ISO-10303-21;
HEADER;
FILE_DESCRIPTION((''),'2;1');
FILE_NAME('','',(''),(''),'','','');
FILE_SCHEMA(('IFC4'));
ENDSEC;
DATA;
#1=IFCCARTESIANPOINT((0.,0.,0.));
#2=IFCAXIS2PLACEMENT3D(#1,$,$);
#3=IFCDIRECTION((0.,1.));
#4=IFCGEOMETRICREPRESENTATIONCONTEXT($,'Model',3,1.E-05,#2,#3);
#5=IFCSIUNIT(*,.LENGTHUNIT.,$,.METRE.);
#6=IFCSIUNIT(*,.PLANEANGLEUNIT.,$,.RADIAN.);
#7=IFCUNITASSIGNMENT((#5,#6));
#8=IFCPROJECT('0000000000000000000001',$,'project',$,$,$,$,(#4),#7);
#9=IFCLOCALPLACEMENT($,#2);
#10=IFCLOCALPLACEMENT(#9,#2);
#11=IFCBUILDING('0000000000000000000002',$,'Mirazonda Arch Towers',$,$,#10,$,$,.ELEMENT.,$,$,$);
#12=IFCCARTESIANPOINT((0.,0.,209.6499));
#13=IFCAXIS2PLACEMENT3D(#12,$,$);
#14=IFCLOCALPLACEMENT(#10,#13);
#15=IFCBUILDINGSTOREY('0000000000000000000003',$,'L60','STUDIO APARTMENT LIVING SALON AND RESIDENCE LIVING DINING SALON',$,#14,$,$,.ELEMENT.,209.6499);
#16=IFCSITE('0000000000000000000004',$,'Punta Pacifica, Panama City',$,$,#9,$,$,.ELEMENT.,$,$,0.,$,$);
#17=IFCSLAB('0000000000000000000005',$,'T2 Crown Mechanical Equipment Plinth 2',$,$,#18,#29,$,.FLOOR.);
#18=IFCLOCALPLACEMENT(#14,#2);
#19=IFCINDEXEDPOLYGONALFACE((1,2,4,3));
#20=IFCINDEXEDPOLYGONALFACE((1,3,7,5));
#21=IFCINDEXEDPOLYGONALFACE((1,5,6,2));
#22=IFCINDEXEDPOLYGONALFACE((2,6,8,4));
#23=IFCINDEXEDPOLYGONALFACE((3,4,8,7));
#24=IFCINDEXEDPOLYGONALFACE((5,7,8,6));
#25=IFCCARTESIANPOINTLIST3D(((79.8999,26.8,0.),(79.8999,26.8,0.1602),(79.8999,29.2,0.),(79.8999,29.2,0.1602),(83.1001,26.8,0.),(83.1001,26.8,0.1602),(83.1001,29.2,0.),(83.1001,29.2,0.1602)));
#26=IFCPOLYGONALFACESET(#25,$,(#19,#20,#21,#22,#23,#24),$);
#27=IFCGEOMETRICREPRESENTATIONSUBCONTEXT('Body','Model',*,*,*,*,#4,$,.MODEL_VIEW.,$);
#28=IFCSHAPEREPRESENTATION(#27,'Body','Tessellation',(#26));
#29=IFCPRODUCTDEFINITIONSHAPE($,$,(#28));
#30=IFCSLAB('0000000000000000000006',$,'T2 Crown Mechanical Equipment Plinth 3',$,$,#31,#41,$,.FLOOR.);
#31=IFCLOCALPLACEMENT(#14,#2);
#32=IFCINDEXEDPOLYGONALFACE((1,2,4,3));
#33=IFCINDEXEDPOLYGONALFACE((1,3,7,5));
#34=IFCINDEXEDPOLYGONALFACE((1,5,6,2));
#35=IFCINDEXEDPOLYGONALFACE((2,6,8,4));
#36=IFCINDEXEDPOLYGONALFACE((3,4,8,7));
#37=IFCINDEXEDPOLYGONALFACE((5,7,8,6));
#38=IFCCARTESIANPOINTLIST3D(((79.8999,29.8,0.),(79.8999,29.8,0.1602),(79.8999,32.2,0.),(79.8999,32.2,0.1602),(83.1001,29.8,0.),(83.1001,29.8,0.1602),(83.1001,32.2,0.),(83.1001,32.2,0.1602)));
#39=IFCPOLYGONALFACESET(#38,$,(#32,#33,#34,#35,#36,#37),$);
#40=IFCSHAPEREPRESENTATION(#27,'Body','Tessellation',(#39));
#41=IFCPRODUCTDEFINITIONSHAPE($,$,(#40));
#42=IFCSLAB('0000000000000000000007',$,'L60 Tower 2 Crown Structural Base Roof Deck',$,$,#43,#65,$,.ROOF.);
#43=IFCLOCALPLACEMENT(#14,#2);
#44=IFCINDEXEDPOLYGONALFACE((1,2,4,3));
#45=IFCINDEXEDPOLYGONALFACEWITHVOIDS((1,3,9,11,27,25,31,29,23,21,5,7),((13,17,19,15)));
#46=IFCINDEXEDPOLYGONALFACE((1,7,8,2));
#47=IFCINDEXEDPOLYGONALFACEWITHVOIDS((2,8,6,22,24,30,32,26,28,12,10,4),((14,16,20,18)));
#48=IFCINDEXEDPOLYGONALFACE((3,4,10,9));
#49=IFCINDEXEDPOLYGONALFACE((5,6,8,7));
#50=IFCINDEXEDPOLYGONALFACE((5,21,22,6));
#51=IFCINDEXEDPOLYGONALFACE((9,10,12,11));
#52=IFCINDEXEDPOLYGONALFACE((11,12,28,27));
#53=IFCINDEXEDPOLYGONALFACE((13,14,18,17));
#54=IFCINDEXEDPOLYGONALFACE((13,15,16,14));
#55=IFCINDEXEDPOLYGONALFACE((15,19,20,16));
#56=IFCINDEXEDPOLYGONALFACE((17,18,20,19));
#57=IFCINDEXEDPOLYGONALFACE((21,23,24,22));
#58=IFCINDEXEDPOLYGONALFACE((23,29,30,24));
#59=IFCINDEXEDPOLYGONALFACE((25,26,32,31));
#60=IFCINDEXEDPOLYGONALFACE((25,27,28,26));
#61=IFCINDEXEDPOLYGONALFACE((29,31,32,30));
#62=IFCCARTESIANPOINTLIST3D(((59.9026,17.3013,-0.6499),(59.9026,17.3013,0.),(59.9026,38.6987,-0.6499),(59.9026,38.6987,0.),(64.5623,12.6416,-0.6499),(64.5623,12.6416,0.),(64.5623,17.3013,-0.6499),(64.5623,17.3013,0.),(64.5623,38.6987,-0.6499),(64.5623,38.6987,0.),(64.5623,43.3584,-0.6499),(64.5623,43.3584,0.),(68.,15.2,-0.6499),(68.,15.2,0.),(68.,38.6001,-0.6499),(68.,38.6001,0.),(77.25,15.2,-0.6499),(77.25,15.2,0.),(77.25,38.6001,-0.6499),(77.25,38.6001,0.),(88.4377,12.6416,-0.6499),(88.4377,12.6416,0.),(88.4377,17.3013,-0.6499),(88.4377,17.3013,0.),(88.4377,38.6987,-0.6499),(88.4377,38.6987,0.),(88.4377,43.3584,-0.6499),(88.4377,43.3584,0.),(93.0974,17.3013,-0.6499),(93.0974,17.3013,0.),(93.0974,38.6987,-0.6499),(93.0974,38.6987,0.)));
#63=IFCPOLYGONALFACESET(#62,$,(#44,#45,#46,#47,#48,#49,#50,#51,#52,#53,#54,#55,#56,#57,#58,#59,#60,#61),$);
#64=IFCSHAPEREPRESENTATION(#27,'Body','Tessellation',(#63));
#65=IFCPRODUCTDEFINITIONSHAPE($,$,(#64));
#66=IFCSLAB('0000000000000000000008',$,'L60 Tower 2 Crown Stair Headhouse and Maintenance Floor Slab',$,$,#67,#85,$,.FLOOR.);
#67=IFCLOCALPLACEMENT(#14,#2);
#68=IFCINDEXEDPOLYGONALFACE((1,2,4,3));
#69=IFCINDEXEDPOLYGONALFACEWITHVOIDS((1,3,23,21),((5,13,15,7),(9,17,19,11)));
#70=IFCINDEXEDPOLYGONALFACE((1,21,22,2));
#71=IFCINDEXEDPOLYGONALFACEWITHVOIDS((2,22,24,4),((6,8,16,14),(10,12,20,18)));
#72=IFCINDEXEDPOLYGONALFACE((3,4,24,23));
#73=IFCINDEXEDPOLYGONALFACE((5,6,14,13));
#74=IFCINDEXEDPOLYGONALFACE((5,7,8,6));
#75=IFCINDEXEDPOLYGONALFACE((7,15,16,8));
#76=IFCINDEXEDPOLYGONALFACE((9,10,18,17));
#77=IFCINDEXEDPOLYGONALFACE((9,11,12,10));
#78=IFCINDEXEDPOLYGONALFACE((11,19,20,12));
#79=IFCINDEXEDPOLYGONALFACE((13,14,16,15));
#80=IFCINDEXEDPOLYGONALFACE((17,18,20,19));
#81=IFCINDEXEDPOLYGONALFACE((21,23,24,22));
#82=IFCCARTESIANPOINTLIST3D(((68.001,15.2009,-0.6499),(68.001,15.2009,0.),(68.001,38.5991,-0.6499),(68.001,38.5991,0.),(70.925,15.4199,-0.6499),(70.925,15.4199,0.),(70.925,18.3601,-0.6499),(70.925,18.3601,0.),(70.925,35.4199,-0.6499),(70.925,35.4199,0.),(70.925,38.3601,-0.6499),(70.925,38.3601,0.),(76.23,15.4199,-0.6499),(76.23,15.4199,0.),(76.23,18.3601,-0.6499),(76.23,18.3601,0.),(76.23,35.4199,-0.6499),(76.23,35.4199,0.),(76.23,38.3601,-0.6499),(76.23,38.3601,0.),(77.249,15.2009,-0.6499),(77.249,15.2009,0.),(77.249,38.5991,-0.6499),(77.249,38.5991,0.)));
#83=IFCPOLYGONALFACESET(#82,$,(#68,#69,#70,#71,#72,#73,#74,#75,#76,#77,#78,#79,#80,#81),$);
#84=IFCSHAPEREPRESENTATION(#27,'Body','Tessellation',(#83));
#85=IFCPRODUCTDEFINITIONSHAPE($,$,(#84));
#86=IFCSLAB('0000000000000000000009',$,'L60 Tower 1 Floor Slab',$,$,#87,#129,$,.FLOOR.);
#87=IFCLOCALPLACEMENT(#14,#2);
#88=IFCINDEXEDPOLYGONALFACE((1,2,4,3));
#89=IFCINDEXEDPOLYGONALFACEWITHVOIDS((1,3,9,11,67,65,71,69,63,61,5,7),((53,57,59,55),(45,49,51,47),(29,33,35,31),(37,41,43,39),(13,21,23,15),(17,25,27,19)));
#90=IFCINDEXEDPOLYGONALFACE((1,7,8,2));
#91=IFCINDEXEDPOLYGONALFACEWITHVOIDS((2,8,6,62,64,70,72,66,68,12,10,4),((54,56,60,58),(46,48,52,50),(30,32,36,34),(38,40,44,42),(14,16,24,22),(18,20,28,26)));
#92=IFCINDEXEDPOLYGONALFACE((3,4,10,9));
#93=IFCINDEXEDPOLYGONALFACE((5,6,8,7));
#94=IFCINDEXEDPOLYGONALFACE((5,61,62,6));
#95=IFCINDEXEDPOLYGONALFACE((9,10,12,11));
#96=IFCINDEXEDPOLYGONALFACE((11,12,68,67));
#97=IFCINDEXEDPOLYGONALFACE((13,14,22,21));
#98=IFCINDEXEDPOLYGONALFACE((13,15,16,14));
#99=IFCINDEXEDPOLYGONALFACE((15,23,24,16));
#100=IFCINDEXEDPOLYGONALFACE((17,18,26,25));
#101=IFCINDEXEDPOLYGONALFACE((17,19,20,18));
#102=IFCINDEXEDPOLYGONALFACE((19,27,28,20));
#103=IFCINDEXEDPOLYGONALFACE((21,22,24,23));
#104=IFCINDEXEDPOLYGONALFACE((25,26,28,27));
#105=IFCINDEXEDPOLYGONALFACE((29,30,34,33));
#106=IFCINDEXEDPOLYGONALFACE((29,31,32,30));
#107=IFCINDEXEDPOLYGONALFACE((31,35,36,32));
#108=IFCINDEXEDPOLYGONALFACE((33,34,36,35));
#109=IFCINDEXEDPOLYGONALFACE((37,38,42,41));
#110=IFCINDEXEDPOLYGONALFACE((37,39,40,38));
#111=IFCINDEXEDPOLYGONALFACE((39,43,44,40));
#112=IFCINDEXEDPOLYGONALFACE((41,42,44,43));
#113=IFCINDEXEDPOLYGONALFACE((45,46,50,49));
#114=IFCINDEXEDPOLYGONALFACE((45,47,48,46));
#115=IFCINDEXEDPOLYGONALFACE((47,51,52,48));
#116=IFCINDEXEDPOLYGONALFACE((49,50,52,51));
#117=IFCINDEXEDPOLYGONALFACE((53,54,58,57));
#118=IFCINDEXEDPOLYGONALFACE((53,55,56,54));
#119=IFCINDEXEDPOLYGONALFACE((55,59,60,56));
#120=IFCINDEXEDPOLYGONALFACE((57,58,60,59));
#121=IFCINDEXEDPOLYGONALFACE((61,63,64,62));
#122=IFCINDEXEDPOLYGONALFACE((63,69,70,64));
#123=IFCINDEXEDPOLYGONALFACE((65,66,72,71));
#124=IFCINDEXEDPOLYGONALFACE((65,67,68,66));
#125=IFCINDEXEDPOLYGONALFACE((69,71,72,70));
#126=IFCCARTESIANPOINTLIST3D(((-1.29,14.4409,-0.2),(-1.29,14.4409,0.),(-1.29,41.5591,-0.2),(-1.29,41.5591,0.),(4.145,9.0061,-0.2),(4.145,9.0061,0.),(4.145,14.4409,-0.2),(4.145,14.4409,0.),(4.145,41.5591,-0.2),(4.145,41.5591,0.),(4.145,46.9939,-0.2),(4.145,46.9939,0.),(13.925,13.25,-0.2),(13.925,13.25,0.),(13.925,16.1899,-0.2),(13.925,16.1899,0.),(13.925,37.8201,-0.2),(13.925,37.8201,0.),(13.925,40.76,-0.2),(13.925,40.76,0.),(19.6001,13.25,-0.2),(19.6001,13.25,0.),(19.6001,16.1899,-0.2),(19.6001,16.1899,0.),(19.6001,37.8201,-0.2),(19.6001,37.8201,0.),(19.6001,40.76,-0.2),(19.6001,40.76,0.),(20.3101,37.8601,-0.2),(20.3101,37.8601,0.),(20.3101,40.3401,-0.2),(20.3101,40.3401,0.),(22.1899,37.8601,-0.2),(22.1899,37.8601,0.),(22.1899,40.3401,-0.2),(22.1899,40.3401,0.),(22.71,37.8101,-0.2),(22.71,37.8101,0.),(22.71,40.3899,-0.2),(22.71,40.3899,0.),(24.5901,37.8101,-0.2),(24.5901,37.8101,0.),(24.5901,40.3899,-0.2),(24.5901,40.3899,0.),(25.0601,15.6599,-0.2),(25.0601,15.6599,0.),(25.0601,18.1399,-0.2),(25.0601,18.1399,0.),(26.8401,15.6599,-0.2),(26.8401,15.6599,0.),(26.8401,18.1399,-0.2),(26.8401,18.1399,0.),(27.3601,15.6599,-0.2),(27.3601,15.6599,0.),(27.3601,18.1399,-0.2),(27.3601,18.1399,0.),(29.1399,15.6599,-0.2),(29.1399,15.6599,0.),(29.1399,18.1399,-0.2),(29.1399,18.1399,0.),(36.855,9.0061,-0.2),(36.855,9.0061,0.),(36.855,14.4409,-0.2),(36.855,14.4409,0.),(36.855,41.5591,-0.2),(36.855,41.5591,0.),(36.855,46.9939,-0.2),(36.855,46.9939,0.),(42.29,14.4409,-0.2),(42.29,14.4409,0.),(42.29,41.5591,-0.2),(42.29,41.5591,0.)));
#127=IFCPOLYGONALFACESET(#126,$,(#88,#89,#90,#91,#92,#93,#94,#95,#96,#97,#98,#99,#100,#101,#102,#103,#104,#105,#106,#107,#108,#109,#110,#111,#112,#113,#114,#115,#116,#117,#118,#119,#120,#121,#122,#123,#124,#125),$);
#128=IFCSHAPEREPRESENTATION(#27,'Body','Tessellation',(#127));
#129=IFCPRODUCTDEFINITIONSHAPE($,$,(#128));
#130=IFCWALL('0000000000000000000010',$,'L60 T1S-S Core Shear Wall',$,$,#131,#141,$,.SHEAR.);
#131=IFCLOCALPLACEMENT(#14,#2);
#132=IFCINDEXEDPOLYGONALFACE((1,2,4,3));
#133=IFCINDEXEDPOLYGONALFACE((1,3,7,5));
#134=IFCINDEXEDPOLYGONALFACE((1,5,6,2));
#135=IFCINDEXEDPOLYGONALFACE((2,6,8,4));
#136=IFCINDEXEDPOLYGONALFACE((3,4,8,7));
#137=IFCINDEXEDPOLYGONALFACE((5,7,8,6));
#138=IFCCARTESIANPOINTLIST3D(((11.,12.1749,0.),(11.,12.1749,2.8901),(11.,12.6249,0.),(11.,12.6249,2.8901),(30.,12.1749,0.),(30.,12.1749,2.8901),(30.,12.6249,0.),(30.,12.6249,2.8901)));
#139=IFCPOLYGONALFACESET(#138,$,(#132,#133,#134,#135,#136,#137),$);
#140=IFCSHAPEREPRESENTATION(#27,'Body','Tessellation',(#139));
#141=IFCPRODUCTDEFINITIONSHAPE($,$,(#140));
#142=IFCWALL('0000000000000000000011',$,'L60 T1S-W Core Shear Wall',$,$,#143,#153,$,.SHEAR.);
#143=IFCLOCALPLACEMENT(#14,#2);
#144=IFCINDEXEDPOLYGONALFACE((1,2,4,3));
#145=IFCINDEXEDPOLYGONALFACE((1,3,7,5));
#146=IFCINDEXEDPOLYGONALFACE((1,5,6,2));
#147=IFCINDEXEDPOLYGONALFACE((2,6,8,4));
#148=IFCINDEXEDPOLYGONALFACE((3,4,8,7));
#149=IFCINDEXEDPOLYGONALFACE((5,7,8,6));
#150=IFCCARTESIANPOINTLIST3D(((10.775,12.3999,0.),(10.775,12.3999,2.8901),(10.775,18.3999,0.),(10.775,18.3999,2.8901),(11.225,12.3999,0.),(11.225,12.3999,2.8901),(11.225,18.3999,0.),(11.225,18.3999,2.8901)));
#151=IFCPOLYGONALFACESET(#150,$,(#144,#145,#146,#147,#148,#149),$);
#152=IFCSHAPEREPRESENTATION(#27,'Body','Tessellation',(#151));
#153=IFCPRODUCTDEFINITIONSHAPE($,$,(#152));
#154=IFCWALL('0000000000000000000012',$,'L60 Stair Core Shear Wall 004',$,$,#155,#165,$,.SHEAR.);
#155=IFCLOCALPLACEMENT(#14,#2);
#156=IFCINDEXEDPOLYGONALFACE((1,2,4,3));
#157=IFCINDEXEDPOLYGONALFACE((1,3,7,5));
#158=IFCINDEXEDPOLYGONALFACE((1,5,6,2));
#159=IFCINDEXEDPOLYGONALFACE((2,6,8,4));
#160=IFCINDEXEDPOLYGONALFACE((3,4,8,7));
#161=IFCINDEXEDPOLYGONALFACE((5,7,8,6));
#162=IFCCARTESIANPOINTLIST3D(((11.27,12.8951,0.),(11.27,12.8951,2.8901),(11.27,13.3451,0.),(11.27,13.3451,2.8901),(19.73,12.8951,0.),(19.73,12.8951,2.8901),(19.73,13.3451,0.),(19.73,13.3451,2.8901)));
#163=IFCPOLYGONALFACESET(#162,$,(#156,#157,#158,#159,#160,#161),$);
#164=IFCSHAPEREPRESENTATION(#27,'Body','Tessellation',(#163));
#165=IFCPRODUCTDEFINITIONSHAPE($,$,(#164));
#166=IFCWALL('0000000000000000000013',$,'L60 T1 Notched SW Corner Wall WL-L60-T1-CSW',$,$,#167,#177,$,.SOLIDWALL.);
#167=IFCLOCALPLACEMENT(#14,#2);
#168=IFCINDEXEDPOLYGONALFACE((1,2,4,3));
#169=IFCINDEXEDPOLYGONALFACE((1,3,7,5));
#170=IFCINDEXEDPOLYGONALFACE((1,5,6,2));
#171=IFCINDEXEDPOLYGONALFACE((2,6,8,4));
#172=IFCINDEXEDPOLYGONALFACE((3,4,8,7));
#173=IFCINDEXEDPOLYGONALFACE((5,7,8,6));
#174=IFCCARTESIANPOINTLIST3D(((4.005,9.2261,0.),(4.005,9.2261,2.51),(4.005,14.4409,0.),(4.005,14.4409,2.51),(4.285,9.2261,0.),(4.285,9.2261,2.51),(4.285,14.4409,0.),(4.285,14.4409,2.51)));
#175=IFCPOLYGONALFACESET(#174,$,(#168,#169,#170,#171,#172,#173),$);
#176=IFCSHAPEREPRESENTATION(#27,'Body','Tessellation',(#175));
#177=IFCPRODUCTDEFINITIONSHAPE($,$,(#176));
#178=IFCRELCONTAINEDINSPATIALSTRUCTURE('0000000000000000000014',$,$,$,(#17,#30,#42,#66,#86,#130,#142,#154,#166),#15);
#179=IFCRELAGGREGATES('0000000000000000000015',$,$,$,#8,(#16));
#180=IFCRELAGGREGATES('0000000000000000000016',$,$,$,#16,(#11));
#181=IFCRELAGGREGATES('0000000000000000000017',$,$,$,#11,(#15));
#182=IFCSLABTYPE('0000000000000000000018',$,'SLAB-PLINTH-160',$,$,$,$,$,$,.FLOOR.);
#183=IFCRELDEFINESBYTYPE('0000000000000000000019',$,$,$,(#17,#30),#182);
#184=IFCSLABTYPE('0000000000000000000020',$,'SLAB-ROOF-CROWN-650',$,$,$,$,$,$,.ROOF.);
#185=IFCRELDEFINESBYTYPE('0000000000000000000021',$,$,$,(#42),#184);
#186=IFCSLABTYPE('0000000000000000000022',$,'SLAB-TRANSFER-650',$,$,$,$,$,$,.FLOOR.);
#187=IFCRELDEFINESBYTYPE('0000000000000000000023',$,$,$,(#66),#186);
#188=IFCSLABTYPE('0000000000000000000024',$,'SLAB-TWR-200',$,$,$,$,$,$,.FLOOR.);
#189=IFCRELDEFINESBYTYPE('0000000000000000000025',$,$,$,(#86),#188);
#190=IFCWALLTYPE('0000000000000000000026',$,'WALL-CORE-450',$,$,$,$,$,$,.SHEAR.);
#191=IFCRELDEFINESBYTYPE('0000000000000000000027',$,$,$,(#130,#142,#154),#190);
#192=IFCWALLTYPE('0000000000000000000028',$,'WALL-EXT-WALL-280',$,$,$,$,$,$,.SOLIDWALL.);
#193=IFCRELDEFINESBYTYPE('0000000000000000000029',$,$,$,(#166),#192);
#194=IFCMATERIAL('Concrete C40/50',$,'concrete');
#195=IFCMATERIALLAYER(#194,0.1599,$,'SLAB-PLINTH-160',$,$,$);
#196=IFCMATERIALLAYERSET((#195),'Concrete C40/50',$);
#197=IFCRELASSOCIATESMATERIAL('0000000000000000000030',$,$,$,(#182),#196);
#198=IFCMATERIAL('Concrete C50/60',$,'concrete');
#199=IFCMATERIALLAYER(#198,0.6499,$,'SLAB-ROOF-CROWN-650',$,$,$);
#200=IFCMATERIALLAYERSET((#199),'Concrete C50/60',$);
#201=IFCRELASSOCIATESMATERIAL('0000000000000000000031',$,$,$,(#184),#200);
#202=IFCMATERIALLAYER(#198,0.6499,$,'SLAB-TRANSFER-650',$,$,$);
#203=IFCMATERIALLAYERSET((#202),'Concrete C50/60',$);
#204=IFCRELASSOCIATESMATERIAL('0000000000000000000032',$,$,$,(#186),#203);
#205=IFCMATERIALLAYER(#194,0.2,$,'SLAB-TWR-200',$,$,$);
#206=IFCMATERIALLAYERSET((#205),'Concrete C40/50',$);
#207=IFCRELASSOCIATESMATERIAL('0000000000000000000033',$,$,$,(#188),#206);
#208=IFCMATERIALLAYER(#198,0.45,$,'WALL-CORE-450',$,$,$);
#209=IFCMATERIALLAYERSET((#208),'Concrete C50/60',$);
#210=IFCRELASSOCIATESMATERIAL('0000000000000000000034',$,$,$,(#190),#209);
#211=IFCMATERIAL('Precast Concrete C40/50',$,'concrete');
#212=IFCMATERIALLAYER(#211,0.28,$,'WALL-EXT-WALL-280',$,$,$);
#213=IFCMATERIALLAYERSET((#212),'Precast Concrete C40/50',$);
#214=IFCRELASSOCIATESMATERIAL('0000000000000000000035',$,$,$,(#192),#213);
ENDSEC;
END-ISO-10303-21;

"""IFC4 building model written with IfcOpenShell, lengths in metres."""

from ifc_helpers import new_model, si_unit, direction, frame, frame_2d, origin, place, context, subcontext, project, spatial, polyline, rectangle, outline, extrude, material, layer, layer_set, type_object, element, save


model = new_model("IFC4")

# Units and contexts
model_context = context("Model", 3, precision=1e-05, world=origin(), true_north=direction((0.0, 1.0)))
body_context = subcontext(model_context, "Body", "Model", "MODEL_VIEW")
ifc_project = project(units=[si_unit("LENGTHUNIT", "METRE"), si_unit("PLANEANGLEUNIT", "RADIAN")], contexts=[model_context])

# Site, building, storey
site_placement = place(None, origin())
site = spatial("IfcSite", under=ifc_project, at=site_placement, Name="Punta Pacifica, Panama City", CompositionType="ELEMENT", RefElevation=0.0)
building_placement = place(site_placement, origin())
building = spatial("IfcBuilding", under=site, at=building_placement, Name="Mirazonda Arch Towers", CompositionType="ELEMENT")
storey_placement = place(building_placement, frame((0.0, 0.0, 209.6499)))
storey = spatial("IfcBuildingStorey", under=building, at=storey_placement, Name="L60", Description="STUDIO APARTMENT LIVING SALON AND RESIDENCE LIVING DINING SALON", CompositionType="ELEMENT", Elevation=209.6499)

# Shared definitions
ifc_material_1 = material(Name="Concrete C50/60", Category="concrete")

# Shared definitions
ifc_material_2 = material(Name="Concrete C40/50", Category="concrete")

# Slabs
ifc_layer_1 = layer(ifc_material_2, 0.1599, Name="SLAB-PLINTH-160")
ifc_layer_set_1 = layer_set([ifc_layer_1], Name="Concrete C40/50")
slab_type_1 = type_object("IfcSlabType", Name="SLAB-PLINTH-160", PredefinedType="FLOOR", material=ifc_layer_set_1)
slab_1_placement = place(storey_placement, origin())
element("IfcSlab", 1, at=slab_1_placement, inside=storey, type_object=slab_type_1, Name="T2 Crown Mechanical Equipment Plinth 2", PredefinedType="FLOOR", context=body_context, shape_type="SweptSolid", body=[
    extrude(outline(polyline([(79.8999, 26.8), (83.1001, 26.8), (83.1001, 29.2), (79.8999, 29.2), (79.8999, 26.8)])), origin(), (0.0, 0.0, 1.0), 0.1602),
])
slab_2_placement = place(storey_placement, origin())
element("IfcSlab", 2, at=slab_2_placement, inside=storey, type_object=slab_type_1, Name="T2 Crown Mechanical Equipment Plinth 3", PredefinedType="FLOOR", context=body_context, shape_type="SweptSolid", body=[
    extrude(outline(polyline([(79.8999, 29.8), (83.1001, 29.8), (83.1001, 32.2), (79.8999, 32.2), (79.8999, 29.8)])), origin(), (0.0, 0.0, 1.0), 0.1602),
])
ifc_layer_2 = layer(ifc_material_1, 0.6499, Name="SLAB-ROOF-CROWN-650")
ifc_layer_set_2 = layer_set([ifc_layer_2], Name="Concrete C50/60")
slab_type_2 = type_object("IfcSlabType", Name="SLAB-ROOF-CROWN-650", PredefinedType="ROOF", material=ifc_layer_set_2)
slab_3_placement = place(storey_placement, frame((0.0, 0.0, -0.6499)))
element("IfcSlab", 3, at=slab_3_placement, inside=storey, type_object=slab_type_2, Name="L60 Tower 2 Crown Structural Base Roof Deck", PredefinedType="ROOF", context=body_context, shape_type="SweptSolid", body=[
    extrude(outline(polyline([(64.5623, 12.6416), (88.4377, 12.6416), (88.4377, 17.3013), (93.0974, 17.3013), (93.0974, 38.6987), (88.4377, 38.6987), (88.4377, 43.3584), (64.5623, 43.3584), (64.5623, 38.6987), (59.9026, 38.6987), (59.9026, 17.3013), (64.5623, 17.3013), (64.5623, 12.6416)]), holes=[polyline([(77.25, 38.6001), (77.25, 15.2), (68.0, 15.2), (68.0, 38.6001), (77.25, 38.6001)])]), origin(), (0.0, 0.0, 1.0), 0.6499),
])
ifc_layer_3 = layer(ifc_material_1, 0.6499, Name="SLAB-TRANSFER-650")
ifc_layer_set_3 = layer_set([ifc_layer_3], Name="Concrete C50/60")
slab_type_3 = type_object("IfcSlabType", Name="SLAB-TRANSFER-650", PredefinedType="FLOOR", material=ifc_layer_set_3)
slab_4_placement = place(storey_placement, frame((0.0, 0.0, -0.6499)))
element("IfcSlab", 4, at=slab_4_placement, inside=storey, type_object=slab_type_3, Name="L60 Tower 2 Crown Stair Headhouse and Maintenance Floor Slab", PredefinedType="FLOOR", context=body_context, shape_type="SweptSolid", body=[
    extrude(outline(polyline([(68.001, 15.2009), (77.249, 15.2009), (77.249, 38.5991), (68.001, 38.5991), (68.001, 15.2009)]), holes=[polyline([(76.23, 18.3601), (76.23, 15.4199), (70.925, 15.4199), (70.925, 18.3601), (76.23, 18.3601)]), polyline([(76.23, 38.3601), (76.23, 35.4199), (70.925, 35.4199), (70.925, 38.3601), (76.23, 38.3601)])]), origin(), (0.0, 0.0, 1.0), 0.6499),
])
ifc_layer_4 = layer(ifc_material_2, 0.2, Name="SLAB-TWR-200")
ifc_layer_set_4 = layer_set([ifc_layer_4], Name="Concrete C40/50")
slab_type_4 = type_object("IfcSlabType", Name="SLAB-TWR-200", PredefinedType="FLOOR", material=ifc_layer_set_4)
slab_5_placement = place(storey_placement, frame((0.0, 0.0, -0.2)))
element("IfcSlab", 5, at=slab_5_placement, inside=storey, type_object=slab_type_4, Name="L60 Tower 1 Floor Slab", PredefinedType="FLOOR", context=body_context, shape_type="SweptSolid", body=[
    extrude(outline(polyline([(4.145, 9.0061), (36.855, 9.0061), (36.855, 14.4409), (42.29, 14.4409), (42.29, 41.5591), (36.855, 41.5591), (36.855, 46.9939), (4.145, 46.9939), (4.145, 41.5591), (-1.29, 41.5591), (-1.29, 14.4409), (4.145, 14.4409), (4.145, 9.0061)]), holes=[polyline([(27.3601, 18.1399), (29.1399, 18.1399), (29.1399, 15.6599), (27.3601, 15.6599), (27.3601, 18.1399)]), polyline([(25.0601, 18.1399), (26.8401, 18.1399), (26.8401, 15.6599), (25.0601, 15.6599), (25.0601, 18.1399)]), polyline([(22.71, 40.3899), (24.5901, 40.3899), (24.5901, 37.8101), (22.71, 37.8101), (22.71, 40.3899)]), polyline([(20.3101, 37.8601), (20.3101, 40.3401), (22.1899, 40.3401), (22.1899, 37.8601), (20.3101, 37.8601)]), polyline([(19.6001, 13.25), (13.925, 13.25), (13.925, 16.1899), (19.6001, 16.1899), (19.6001, 13.25)]), polyline([(13.925, 37.8201), (13.925, 40.76), (19.6001, 40.76), (19.6001, 37.8201), (13.925, 37.8201)])]), origin(), (0.0, 0.0, 1.0), 0.2),
])

# Walls
ifc_layer_5 = layer(ifc_material_1, 0.45, Name="WALL-CORE-450")
ifc_layer_set_5 = layer_set([ifc_layer_5], Name="Concrete C50/60")
wall_type_1 = type_object("IfcWallType", Name="WALL-CORE-450", PredefinedType="SHEAR", material=ifc_layer_set_5)
wall_1_placement = place(storey_placement, frame((11.0, 12.3999, 0.0), z_axis=(0.0, 0.0, 1.0), x_axis=(1.0, 0.0, 0.0)))
element("IfcWall", 6, at=wall_1_placement, inside=storey, type_object=wall_type_1, Name="L60 T1S-S Core Shear Wall", PredefinedType="SHEAR", context=body_context, shape_type="SweptSolid", body=[
    extrude(rectangle(XDim=19.0, YDim=0.45, at=frame_2d((9.5, 0.0))), origin(), (0.0, 0.0, 1.0), 2.8901),
])
wall_2_placement = place(storey_placement, frame((11.0, 12.3999, 0.0), z_axis=(0.0, 0.0, 1.0), x_axis=(0.0, 1.0, 0.0)))
element("IfcWall", 7, at=wall_2_placement, inside=storey, type_object=wall_type_1, Name="L60 T1S-W Core Shear Wall", PredefinedType="SHEAR", context=body_context, shape_type="SweptSolid", body=[
    extrude(rectangle(XDim=6.0, YDim=0.45, at=frame_2d((3.0, 0.0))), origin(), (0.0, 0.0, 1.0), 2.8901),
])
wall_3_placement = place(storey_placement, frame((11.27, 13.1201, 0.0), z_axis=(0.0, 0.0, 1.0), x_axis=(1.0, 0.0, 0.0)))
element("IfcWall", 8, at=wall_3_placement, inside=storey, type_object=wall_type_1, Name="L60 Stair Core Shear Wall 004", PredefinedType="SHEAR", context=body_context, shape_type="SweptSolid", body=[
    extrude(rectangle(XDim=8.46, YDim=0.45, at=frame_2d((4.23, 0.0))), origin(), (0.0, 0.0, 1.0), 2.8901),
])
ifc_material_3 = material(Name="Precast Concrete C40/50", Category="concrete")
ifc_layer_6 = layer(ifc_material_3, 0.28, Name="WALL-EXT-WALL-280")
ifc_layer_set_6 = layer_set([ifc_layer_6], Name="Precast Concrete C40/50")
wall_type_2 = type_object("IfcWallType", Name="WALL-EXT-WALL-280", PredefinedType="SOLIDWALL", material=ifc_layer_set_6)
wall_4_placement = place(storey_placement, frame((4.145, 14.4409, 0.0), z_axis=(0.0, 0.0, 1.0), x_axis=(0.0, -1.0, 0.0)))
element("IfcWall", 9, at=wall_4_placement, inside=storey, type_object=wall_type_2, Name="L60 T1 Notched SW Corner Wall WL-L60-T1-CSW", PredefinedType="SOLIDWALL", context=body_context, shape_type="SweptSolid", body=[
    extrude(rectangle(XDim=5.2148, YDim=0.28, at=frame_2d((2.6074, 0.0))), origin(), (0.0, 0.0, 1.0), 2.51),
])

save(model, "model.ifc")
